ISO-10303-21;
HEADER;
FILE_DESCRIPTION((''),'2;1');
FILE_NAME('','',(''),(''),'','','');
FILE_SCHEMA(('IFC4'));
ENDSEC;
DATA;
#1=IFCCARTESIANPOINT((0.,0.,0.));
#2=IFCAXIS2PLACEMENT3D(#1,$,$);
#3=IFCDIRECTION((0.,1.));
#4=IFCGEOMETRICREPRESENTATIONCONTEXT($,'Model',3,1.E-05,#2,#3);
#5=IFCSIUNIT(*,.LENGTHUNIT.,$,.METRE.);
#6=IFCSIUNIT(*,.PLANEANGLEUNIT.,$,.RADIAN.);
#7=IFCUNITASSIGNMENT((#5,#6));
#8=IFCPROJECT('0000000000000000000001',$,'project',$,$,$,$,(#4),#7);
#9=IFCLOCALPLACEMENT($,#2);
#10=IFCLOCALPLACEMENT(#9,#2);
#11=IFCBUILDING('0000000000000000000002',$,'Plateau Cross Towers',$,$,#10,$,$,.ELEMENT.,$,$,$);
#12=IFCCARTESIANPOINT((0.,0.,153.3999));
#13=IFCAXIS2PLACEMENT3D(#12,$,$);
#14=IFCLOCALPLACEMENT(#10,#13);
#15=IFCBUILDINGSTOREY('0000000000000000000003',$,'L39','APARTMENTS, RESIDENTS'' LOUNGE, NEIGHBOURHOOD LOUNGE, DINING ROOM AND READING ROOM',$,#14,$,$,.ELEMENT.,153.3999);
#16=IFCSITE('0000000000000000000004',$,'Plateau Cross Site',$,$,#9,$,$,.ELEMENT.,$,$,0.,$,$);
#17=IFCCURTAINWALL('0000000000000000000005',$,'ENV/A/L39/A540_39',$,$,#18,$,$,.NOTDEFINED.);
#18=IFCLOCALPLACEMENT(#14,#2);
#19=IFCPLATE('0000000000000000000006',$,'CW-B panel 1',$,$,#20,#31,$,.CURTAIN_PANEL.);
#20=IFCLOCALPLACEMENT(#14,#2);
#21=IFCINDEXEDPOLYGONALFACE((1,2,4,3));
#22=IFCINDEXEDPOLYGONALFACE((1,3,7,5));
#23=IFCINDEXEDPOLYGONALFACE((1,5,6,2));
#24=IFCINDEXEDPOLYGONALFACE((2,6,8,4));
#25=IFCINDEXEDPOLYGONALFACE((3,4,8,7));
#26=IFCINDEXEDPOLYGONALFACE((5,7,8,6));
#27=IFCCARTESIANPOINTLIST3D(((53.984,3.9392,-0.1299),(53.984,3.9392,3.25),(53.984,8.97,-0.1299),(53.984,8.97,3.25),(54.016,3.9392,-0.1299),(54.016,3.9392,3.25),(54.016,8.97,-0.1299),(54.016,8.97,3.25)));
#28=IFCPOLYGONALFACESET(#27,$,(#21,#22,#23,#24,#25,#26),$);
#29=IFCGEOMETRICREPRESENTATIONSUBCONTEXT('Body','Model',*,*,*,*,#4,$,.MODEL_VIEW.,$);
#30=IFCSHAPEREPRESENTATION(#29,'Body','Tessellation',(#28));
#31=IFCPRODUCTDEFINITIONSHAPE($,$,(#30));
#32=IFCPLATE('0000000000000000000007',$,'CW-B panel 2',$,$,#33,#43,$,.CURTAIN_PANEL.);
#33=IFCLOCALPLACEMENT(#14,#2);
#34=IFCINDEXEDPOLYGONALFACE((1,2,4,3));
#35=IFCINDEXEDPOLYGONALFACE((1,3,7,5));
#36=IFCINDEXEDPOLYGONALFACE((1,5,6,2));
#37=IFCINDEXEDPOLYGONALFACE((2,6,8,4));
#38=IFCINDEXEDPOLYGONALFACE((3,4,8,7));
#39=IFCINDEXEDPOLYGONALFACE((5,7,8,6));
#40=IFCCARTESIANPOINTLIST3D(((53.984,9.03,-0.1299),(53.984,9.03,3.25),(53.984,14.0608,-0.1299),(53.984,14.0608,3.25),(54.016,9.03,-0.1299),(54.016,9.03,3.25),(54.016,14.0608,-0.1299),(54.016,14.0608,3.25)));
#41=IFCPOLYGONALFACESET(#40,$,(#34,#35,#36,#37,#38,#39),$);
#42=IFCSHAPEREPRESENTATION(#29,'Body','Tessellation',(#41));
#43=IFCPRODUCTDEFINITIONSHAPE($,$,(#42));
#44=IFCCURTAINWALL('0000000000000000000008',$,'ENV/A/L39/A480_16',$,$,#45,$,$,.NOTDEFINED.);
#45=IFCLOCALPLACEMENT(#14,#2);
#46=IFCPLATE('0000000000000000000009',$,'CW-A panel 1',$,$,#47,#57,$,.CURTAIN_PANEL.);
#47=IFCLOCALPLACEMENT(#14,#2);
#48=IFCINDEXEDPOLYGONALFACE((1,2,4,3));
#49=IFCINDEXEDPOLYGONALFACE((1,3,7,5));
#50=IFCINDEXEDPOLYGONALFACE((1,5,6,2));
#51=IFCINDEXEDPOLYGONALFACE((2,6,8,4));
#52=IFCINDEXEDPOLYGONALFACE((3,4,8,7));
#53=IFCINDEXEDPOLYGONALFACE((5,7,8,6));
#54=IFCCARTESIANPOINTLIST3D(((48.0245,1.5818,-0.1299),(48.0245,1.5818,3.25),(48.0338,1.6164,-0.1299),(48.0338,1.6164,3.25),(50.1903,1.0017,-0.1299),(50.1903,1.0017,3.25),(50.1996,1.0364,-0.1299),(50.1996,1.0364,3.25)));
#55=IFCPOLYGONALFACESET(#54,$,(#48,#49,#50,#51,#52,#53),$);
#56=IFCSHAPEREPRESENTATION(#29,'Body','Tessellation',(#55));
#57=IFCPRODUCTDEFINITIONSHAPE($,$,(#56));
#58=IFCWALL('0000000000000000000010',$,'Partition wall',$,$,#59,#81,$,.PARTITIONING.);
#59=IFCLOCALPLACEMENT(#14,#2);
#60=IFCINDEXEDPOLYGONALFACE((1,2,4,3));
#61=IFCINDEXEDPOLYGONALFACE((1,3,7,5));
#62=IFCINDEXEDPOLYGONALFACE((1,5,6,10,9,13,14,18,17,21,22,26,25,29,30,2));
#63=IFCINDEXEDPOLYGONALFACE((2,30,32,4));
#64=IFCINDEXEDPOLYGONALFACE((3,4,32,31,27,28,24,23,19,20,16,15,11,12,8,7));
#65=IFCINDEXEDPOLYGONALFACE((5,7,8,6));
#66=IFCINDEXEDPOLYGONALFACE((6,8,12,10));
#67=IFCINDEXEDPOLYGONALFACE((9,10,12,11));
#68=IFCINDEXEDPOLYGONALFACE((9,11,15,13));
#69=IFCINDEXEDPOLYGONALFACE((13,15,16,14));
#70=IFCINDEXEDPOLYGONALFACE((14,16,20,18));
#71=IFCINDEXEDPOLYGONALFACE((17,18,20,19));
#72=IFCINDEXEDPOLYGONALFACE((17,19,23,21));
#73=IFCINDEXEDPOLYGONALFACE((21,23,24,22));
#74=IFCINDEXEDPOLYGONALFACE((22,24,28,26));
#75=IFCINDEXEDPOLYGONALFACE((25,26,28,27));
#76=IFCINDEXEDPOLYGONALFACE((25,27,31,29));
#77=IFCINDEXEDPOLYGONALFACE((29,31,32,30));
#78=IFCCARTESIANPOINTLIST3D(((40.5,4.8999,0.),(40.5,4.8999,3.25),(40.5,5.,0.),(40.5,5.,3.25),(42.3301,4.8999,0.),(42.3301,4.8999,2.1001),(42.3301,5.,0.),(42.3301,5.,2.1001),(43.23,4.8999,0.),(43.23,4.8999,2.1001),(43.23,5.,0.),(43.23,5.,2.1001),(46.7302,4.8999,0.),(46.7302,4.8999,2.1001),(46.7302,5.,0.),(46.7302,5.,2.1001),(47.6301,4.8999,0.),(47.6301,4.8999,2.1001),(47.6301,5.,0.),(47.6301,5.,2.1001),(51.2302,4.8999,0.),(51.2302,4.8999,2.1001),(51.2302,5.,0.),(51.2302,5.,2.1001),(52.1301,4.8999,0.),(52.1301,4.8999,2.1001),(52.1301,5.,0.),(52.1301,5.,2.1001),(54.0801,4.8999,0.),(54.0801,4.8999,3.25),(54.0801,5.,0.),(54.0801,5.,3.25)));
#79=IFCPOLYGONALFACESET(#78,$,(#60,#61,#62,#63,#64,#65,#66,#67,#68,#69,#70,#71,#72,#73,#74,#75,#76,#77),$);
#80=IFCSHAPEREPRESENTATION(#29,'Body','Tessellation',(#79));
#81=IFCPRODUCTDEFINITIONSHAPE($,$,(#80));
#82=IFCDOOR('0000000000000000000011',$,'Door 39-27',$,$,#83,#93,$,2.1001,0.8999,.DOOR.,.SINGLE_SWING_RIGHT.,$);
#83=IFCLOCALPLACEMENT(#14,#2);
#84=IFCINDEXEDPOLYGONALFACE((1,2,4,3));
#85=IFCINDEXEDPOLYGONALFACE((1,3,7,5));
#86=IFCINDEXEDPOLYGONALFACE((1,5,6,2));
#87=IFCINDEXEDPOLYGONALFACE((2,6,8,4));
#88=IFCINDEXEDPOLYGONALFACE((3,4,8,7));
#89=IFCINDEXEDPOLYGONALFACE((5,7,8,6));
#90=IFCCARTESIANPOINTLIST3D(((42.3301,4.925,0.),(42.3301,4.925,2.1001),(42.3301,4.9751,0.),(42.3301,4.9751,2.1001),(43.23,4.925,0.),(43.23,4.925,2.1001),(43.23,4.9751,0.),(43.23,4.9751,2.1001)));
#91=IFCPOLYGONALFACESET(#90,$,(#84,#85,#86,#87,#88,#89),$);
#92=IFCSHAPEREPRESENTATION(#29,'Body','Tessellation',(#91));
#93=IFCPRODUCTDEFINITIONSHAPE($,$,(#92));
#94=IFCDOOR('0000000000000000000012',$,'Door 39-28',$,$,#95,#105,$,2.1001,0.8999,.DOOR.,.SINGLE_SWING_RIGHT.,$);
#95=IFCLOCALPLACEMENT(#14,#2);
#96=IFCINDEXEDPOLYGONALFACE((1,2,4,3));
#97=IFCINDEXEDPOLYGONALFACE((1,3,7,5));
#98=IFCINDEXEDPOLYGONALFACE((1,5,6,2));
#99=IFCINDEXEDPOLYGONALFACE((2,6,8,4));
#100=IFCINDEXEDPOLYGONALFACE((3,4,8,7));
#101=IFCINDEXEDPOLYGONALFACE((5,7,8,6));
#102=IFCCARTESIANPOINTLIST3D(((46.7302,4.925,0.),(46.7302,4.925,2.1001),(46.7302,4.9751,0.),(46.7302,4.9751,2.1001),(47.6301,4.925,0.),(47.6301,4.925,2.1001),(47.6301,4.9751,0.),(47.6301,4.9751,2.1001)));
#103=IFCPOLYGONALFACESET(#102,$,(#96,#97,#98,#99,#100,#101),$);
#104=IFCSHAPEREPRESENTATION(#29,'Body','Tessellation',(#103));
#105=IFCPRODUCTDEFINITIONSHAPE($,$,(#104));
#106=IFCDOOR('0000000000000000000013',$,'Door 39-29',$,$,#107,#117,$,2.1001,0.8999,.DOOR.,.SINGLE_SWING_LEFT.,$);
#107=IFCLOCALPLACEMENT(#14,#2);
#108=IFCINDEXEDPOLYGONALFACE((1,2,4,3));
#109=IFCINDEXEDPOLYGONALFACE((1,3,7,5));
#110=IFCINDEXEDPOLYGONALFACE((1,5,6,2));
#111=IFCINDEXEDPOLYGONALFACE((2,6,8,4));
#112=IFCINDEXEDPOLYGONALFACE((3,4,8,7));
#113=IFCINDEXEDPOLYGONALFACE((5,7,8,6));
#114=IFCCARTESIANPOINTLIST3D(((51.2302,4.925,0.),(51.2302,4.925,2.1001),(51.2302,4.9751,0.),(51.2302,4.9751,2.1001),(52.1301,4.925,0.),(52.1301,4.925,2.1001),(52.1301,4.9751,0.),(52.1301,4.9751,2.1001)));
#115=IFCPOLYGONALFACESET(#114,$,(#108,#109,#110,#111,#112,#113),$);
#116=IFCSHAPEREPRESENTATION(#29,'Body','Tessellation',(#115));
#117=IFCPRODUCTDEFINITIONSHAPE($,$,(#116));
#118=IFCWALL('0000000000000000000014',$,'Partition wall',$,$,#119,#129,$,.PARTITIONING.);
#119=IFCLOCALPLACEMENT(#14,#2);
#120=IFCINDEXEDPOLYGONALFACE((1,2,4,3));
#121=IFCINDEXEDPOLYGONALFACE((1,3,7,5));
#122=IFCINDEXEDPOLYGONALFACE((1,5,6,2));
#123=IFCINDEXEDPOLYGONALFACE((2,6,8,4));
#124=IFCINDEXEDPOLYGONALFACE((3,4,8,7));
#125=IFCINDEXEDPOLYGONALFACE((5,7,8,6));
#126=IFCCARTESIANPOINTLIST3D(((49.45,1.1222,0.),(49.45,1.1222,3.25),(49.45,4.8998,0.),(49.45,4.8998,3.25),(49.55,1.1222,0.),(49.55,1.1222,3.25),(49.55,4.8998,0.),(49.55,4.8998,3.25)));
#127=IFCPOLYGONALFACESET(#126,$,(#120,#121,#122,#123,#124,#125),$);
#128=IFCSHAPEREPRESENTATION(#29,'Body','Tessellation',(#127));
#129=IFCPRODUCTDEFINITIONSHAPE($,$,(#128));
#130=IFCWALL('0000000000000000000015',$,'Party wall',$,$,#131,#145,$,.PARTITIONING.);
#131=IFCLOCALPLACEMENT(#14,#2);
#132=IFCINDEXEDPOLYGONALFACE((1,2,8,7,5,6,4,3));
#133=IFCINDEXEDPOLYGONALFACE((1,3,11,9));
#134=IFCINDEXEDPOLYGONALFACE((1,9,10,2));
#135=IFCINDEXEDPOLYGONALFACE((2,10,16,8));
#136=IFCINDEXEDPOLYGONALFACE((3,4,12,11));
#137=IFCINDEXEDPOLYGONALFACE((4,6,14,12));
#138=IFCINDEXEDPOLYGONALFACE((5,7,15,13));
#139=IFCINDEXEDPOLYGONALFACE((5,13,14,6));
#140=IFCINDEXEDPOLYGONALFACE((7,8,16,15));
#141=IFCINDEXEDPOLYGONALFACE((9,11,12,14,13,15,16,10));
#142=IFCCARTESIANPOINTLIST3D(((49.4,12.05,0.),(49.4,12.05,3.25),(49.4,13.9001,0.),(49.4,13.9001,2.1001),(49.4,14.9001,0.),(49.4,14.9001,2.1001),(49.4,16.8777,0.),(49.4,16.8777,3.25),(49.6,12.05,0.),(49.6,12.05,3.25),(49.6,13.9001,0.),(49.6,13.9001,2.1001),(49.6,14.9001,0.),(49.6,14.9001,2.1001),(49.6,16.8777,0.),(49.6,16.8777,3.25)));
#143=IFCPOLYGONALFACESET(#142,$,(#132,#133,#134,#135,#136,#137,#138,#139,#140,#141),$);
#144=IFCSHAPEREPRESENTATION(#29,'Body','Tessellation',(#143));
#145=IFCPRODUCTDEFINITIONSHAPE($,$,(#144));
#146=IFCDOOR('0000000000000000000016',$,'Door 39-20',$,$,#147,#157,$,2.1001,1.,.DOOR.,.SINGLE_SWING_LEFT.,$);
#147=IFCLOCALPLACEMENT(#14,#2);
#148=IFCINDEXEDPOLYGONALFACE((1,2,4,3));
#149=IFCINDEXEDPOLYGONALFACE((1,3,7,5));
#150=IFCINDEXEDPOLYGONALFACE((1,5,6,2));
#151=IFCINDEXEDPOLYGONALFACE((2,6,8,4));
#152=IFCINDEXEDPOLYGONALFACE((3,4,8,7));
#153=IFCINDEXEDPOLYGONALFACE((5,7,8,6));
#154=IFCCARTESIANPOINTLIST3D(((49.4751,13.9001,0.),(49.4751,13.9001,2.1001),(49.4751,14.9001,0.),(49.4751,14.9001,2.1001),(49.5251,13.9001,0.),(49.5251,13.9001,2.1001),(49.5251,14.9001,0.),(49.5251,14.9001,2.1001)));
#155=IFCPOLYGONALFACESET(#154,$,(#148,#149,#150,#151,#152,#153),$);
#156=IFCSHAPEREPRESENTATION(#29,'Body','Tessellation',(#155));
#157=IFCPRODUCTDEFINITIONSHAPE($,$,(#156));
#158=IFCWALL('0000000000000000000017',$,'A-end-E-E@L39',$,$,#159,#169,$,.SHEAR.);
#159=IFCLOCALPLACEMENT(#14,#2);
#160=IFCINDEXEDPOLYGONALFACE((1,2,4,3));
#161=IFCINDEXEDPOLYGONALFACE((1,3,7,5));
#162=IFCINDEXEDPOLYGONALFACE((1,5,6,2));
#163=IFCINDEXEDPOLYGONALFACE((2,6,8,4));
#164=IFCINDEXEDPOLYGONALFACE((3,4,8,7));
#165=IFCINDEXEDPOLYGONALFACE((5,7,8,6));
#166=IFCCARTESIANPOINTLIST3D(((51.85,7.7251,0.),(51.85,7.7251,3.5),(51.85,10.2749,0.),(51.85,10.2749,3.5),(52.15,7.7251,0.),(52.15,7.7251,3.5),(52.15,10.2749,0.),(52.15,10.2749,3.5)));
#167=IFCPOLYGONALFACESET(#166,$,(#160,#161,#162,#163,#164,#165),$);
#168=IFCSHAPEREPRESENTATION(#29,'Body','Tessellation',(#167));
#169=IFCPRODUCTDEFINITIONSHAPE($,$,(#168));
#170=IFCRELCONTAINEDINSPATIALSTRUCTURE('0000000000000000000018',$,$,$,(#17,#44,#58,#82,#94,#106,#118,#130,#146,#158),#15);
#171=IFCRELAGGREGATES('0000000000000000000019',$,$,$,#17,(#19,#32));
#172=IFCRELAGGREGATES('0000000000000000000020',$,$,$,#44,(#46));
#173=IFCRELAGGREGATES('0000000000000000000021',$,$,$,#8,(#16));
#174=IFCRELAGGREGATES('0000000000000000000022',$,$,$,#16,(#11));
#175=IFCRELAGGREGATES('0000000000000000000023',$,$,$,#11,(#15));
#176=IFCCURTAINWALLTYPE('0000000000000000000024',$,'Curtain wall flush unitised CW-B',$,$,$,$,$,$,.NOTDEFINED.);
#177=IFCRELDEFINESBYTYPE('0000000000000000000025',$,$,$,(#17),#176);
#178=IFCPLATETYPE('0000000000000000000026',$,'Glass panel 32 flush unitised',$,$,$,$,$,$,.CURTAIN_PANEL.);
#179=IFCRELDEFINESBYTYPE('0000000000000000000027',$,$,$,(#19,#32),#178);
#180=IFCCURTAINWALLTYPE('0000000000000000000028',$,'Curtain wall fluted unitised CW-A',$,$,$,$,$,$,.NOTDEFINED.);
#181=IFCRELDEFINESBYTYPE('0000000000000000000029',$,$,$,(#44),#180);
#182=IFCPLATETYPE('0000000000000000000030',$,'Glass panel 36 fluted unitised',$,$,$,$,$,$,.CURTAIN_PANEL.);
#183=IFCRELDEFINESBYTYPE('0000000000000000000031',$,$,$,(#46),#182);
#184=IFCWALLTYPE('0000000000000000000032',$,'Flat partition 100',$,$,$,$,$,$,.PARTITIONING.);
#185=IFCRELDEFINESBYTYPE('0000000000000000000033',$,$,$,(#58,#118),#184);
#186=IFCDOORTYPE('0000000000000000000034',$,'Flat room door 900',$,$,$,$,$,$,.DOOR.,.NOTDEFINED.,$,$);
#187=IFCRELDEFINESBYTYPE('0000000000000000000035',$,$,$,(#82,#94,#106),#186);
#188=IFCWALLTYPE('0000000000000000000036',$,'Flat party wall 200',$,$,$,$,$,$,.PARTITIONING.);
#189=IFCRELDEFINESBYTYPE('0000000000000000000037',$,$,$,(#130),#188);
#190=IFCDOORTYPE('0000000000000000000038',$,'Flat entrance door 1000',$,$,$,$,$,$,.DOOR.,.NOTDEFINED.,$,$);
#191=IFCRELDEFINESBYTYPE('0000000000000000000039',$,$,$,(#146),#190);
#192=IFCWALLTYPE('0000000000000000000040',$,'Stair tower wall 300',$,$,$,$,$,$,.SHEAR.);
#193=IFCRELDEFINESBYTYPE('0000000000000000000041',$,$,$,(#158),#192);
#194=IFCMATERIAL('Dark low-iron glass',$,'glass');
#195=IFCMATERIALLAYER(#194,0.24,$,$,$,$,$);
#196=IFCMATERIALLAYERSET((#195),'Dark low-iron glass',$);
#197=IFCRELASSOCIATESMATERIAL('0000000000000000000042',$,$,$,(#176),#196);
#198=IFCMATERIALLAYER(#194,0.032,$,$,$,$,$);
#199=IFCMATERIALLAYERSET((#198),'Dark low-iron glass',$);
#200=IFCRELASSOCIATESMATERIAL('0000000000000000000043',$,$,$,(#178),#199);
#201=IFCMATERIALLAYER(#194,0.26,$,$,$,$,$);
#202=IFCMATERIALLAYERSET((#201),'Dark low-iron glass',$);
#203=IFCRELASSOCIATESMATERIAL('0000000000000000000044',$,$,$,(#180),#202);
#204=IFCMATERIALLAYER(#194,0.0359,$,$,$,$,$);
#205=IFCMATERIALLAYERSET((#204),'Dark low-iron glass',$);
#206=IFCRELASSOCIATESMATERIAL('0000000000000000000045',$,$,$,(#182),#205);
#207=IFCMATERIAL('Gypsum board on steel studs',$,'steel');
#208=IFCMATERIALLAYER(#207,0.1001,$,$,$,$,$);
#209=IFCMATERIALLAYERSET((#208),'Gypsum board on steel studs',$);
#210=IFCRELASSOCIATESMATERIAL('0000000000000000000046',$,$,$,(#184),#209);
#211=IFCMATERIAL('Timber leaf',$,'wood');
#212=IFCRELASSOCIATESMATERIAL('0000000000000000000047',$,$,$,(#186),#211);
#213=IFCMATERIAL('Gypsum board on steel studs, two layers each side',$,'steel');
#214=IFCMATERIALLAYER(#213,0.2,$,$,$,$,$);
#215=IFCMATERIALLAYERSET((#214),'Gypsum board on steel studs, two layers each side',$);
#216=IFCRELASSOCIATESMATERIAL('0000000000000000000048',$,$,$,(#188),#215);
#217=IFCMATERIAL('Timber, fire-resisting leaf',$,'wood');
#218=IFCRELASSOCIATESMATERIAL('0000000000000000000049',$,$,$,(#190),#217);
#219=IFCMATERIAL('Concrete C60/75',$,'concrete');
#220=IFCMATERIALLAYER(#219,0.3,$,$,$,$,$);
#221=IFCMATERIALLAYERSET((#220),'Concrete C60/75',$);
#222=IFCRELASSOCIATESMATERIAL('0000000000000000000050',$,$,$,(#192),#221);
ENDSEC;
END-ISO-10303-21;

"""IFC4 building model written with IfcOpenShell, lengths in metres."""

from ifc_helpers import new_model, si_unit, direction, frame, frame_2d, origin, origin_2d, place, context, subcontext, project, spatial, rectangle, extrude, material, layer, layer_set, type_object, element, fill, aggregate, save


model = new_model("IFC4")

# Units and contexts
model_context = context("Model", 3, precision=1e-05, world=origin(), true_north=direction((0.0, 1.0)))
body_context = subcontext(model_context, "Body", "Model", "MODEL_VIEW")
ifc_project = project(units=[si_unit("LENGTHUNIT", "METRE"), si_unit("PLANEANGLEUNIT", "RADIAN")], contexts=[model_context])

# Site, building, storey
site_placement = place(None, origin())
site = spatial("IfcSite", under=ifc_project, at=site_placement, Name="Plateau Cross Site", CompositionType="ELEMENT", RefElevation=0.0)
building_placement = place(site_placement, origin())
building = spatial("IfcBuilding", under=site, at=building_placement, Name="Plateau Cross Towers", CompositionType="ELEMENT")
storey_placement = place(building_placement, frame((0.0, 0.0, 153.3999)))
storey = spatial("IfcBuildingStorey", under=building, at=storey_placement, Name="L39", Description="APARTMENTS, RESIDENTS' LOUNGE, NEIGHBOURHOOD LOUNGE, DINING ROOM AND READING ROOM", CompositionType="ELEMENT", Elevation=153.3999)

# Shared definitions
ifc_material_1 = material(Name="Concrete C60/75", Category="concrete")

# Shared definitions
ifc_material_2 = material(Name="Dark low-iron glass", Category="glass")
ifc_layer_1 = layer(ifc_material_2, 0.24)
ifc_layer_set_1 = layer_set([ifc_layer_1], Name="Dark low-iron glass")
curtain_wall_type_1 = type_object("IfcCurtainWallType", Name="Curtain wall flush unitised CW-B", PredefinedType="NOTDEFINED", material=ifc_layer_set_1)

# Curtain wall
curtain_wall_1_placement = place(storey_placement, origin())
curtain_wall_1 = element("IfcCurtainWall", 1, at=curtain_wall_1_placement, inside=storey, type_object=curtain_wall_type_1, Name="ENV/A/L39/A540_39", PredefinedType="NOTDEFINED")

# Plates
ifc_layer_2 = layer(ifc_material_2, 0.032)
ifc_layer_set_2 = layer_set([ifc_layer_2], Name="Dark low-iron glass")
plate_type_1 = type_object("IfcPlateType", Name="Glass panel 32 flush unitised", PredefinedType="CURTAIN_PANEL", material=ifc_layer_set_2)
plate_1_placement = place(storey_placement, frame((54.0, 6.4546, -0.1299), z_axis=(0.0, 0.0, 1.0), x_axis=(0.0, 1.0, 0.0)))
plate_1 = element("IfcPlate", 2, at=plate_1_placement, type_object=plate_type_1, Name="CW-B panel 1", PredefinedType="CURTAIN_PANEL", context=body_context, shape_type="SweptSolid", body=[
    extrude(rectangle(XDim=5.0308, YDim=0.032, at=origin_2d()), origin(), (0.0, 0.0, 1.0), 3.3799),
])
plate_2_placement = place(storey_placement, frame((54.0, 11.5454, -0.1299), z_axis=(0.0, 0.0, 1.0), x_axis=(0.0, 1.0, 0.0)))
plate_2 = element("IfcPlate", 3, at=plate_2_placement, type_object=plate_type_1, Name="CW-B panel 2", PredefinedType="CURTAIN_PANEL", context=body_context, shape_type="SweptSolid", body=[
    extrude(rectangle(XDim=5.0308, YDim=0.032, at=origin_2d()), origin(), (0.0, 0.0, 1.0), 3.3799),
])
aggregate(curtain_wall_1, [plate_1, plate_2])

# Curtain wall, plate
ifc_layer_3 = layer(ifc_material_2, 0.26)
ifc_layer_set_3 = layer_set([ifc_layer_3], Name="Dark low-iron glass")
curtain_wall_type_2 = type_object("IfcCurtainWallType", Name="Curtain wall fluted unitised CW-A", PredefinedType="NOTDEFINED", material=ifc_layer_set_3)
curtain_wall_2_placement = place(storey_placement, origin())
curtain_wall_2 = element("IfcCurtainWall", 4, at=curtain_wall_2_placement, inside=storey, type_object=curtain_wall_type_2, Name="ENV/A/L39/A480_16", PredefinedType="NOTDEFINED")
ifc_layer_4 = layer(ifc_material_2, 0.0359)
ifc_layer_set_4 = layer_set([ifc_layer_4], Name="Dark low-iron glass")
plate_type_2 = type_object("IfcPlateType", Name="Glass panel 36 fluted unitised", PredefinedType="CURTAIN_PANEL", material=ifc_layer_set_4)
plate_3_placement = place(storey_placement, frame((49.1121, 1.3091, -0.1299), z_axis=(0.0, 0.0, 1.0), x_axis=(0.965958, -0.258699, 0.0)))
plate_3 = element("IfcPlate", 5, at=plate_3_placement, type_object=plate_type_2, Name="CW-A panel 1", PredefinedType="CURTAIN_PANEL", context=body_context, shape_type="SweptSolid", body=[
    extrude(rectangle(XDim=2.2422, YDim=0.0359, at=origin_2d()), origin(), (0.0, 0.0, 1.0), 3.3799),
])
aggregate(curtain_wall_2, [plate_3])

# Wall, openings, doors
ifc_material_3 = material(Name="Gypsum board on steel studs", Category="steel")
ifc_layer_5 = layer(ifc_material_3, 0.1001)
ifc_layer_set_5 = layer_set([ifc_layer_5], Name="Gypsum board on steel studs")
wall_type_1 = type_object("IfcWallType", Name="Flat partition 100", PredefinedType="PARTITIONING", material=ifc_layer_set_5)
wall_1_placement = place(storey_placement, frame((54.0801, 4.95, 0.0), z_axis=(0.0, 0.0, 1.0), x_axis=(-1.0, 0.0, 0.0)))
wall_1 = element("IfcWall", 6, at=wall_1_placement, inside=storey, type_object=wall_type_1, Name="Partition wall", PredefinedType="PARTITIONING", context=body_context, shape_type="SweptSolid", body=[
    extrude(rectangle(XDim=13.5801, YDim=0.1001, at=frame_2d((6.79, 0.0))), origin(), (0.0, 0.0, 1.0), 3.25),
])
opening_1_placement = place(wall_1_placement, frame((10.8501, 0.0, 0.0)))
opening_1 = element("IfcOpeningElement", 7, at=opening_1_placement, cuts=wall_1, PredefinedType="OPENING", context=body_context, shape_type="SweptSolid", body=[
    extrude(rectangle(XDim=0.8999, YDim=2.1001, at=frame_2d((0.45, 1.05))), frame((0.0, 0.0601, 0.0), z_axis=(0.0, -1.0, 0.0), x_axis=(1.0, 0.0, 0.0)), (0.0, 0.0, 1.0), 0.1201),
])
opening_2_placement = place(wall_1_placement, frame((6.45, 0.0, 0.0)))
opening_2 = element("IfcOpeningElement", 8, at=opening_2_placement, cuts=wall_1, PredefinedType="OPENING", context=body_context, shape_type="SweptSolid", body=[
    extrude(rectangle(XDim=0.8999, YDim=2.1001, at=frame_2d((0.45, 1.05))), frame((0.0, 0.0601, 0.0), z_axis=(0.0, -1.0, 0.0), x_axis=(1.0, 0.0, 0.0)), (0.0, 0.0, 1.0), 0.1201),
])
opening_3_placement = place(wall_1_placement, frame((1.95, 0.0, 0.0)))
opening_3 = element("IfcOpeningElement", 9, at=opening_3_placement, cuts=wall_1, PredefinedType="OPENING", context=body_context, shape_type="SweptSolid", body=[
    extrude(rectangle(XDim=0.8999, YDim=2.1001, at=frame_2d((0.45, 1.05))), frame((0.0, 0.0601, 0.0), z_axis=(0.0, -1.0, 0.0), x_axis=(1.0, 0.0, 0.0)), (0.0, 0.0, 1.0), 0.1201),
])
ifc_material_4 = material(Name="Timber leaf", Category="wood")
door_type_1 = type_object("IfcDoorType", Name="Flat room door 900", OperationType="NOTDEFINED", PredefinedType="DOOR", material=ifc_material_4)
door_1_placement = place(opening_1_placement, origin())
door_1 = element("IfcDoor", 10, at=door_1_placement, inside=storey, type_object=door_type_1, Name="Door 39-27", OperationType="SINGLE_SWING_RIGHT", OverallHeight=2.1001, OverallWidth=0.8999, PredefinedType="DOOR", context=body_context, shape_type="SweptSolid", body=[
    extrude(rectangle(XDim=0.8999, YDim=2.1001, at=frame_2d((0.45, 1.05))), frame((0.0, 0.0249, 0.0), z_axis=(0.0, -1.0, 0.0), x_axis=(1.0, 0.0, 0.0)), (0.0, 0.0, 1.0), 0.05),
])
fill(opening_1, door_1)
door_2_placement = place(opening_2_placement, origin())
door_2 = element("IfcDoor", 11, at=door_2_placement, inside=storey, type_object=door_type_1, Name="Door 39-28", OperationType="SINGLE_SWING_RIGHT", OverallHeight=2.1001, OverallWidth=0.8999, PredefinedType="DOOR", context=body_context, shape_type="SweptSolid", body=[
    extrude(rectangle(XDim=0.8999, YDim=2.1001, at=frame_2d((0.45, 1.05))), frame((0.0, 0.0249, 0.0), z_axis=(0.0, -1.0, 0.0), x_axis=(1.0, 0.0, 0.0)), (0.0, 0.0, 1.0), 0.05),
])
fill(opening_2, door_2)
door_3_placement = place(opening_3_placement, origin())
door_3 = element("IfcDoor", 12, at=door_3_placement, inside=storey, type_object=door_type_1, Name="Door 39-29", OperationType="SINGLE_SWING_LEFT", OverallHeight=2.1001, OverallWidth=0.8999, PredefinedType="DOOR", context=body_context, shape_type="SweptSolid", body=[
    extrude(rectangle(XDim=0.8999, YDim=2.1001, at=frame_2d((0.45, 1.05))), frame((0.0, 0.0249, 0.0), z_axis=(0.0, -1.0, 0.0), x_axis=(1.0, 0.0, 0.0)), (0.0, 0.0, 1.0), 0.05),
])
fill(opening_3, door_3)

# Wall
wall_2_placement = place(storey_placement, frame((49.5, 1.1223, 0.0), z_axis=(0.0, 0.0, 1.0), x_axis=(0.0, 1.0, 0.0)))
element("IfcWall", 13, at=wall_2_placement, inside=storey, type_object=wall_type_1, Name="Partition wall", PredefinedType="PARTITIONING", context=body_context, shape_type="SweptSolid", body=[
    extrude(rectangle(XDim=3.7776, YDim=0.1001, at=frame_2d((1.8887, 0.0))), origin(), (0.0, 0.0, 1.0), 3.25),
])

# Wall, opening, door
ifc_material_5 = material(Name="Gypsum board on steel studs, two layers each side", Category="steel")
ifc_layer_6 = layer(ifc_material_5, 0.2)
ifc_layer_set_6 = layer_set([ifc_layer_6], Name="Gypsum board on steel studs, two layers each side")
wall_type_2 = type_object("IfcWallType", Name="Flat party wall 200", PredefinedType="PARTITIONING", material=ifc_layer_set_6)
wall_3_placement = place(storey_placement, frame((49.5, 12.05, 0.0), z_axis=(0.0, 0.0, 1.0), x_axis=(0.0, 1.0, 0.0)))
wall_3 = element("IfcWall", 14, at=wall_3_placement, inside=storey, type_object=wall_type_2, Name="Party wall", PredefinedType="PARTITIONING", context=body_context, shape_type="SweptSolid", body=[
    extrude(rectangle(XDim=4.8276, YDim=0.2, at=frame_2d((2.4138, 0.0))), origin(), (0.0, 0.0, 1.0), 3.25),
])
opening_4_placement = place(wall_3_placement, frame((1.8501, 0.0, 0.0)))
opening_4 = element("IfcOpeningElement", 15, at=opening_4_placement, cuts=wall_3, PredefinedType="OPENING", context=body_context, shape_type="SweptSolid", body=[
    extrude(rectangle(XDim=1.0, YDim=2.1001, at=frame_2d((0.5, 1.05))), frame((0.0, 0.1099, 0.0), z_axis=(0.0, -1.0, 0.0), x_axis=(1.0, 0.0, 0.0)), (0.0, 0.0, 1.0), 0.22),
])
ifc_material_6 = material(Name="Timber, fire-resisting leaf", Category="wood")
door_type_2 = type_object("IfcDoorType", Name="Flat entrance door 1000", OperationType="NOTDEFINED", PredefinedType="DOOR", material=ifc_material_6)
door_4_placement = place(opening_4_placement, origin())
door_4 = element("IfcDoor", 16, at=door_4_placement, inside=storey, type_object=door_type_2, Name="Door 39-20", OperationType="SINGLE_SWING_LEFT", OverallHeight=2.1001, OverallWidth=1.0, PredefinedType="DOOR", context=body_context, shape_type="SweptSolid", body=[
    extrude(rectangle(XDim=1.0, YDim=2.1001, at=frame_2d((0.5, 1.05))), frame((0.0, 0.0249, 0.0), z_axis=(0.0, -1.0, 0.0), x_axis=(1.0, 0.0, 0.0)), (0.0, 0.0, 1.0), 0.05),
])
fill(opening_4, door_4)

# Wall
ifc_layer_7 = layer(ifc_material_1, 0.3)
ifc_layer_set_7 = layer_set([ifc_layer_7], Name="Concrete C60/75")
wall_type_3 = type_object("IfcWallType", Name="Stair tower wall 300", PredefinedType="SHEAR", material=ifc_layer_set_7)
wall_4_placement = place(storey_placement, frame((52.0, 7.7251, 0.0), z_axis=(0.0, 0.0, 1.0), x_axis=(0.0, 1.0, 0.0)))
element("IfcWall", 17, at=wall_4_placement, inside=storey, type_object=wall_type_3, Name="A-end-E-E@L39", PredefinedType="SHEAR", context=body_context, shape_type="SweptSolid", body=[
    extrude(rectangle(XDim=2.5498, YDim=0.3, at=frame_2d((1.2749, 0.0))), origin(), (0.0, 0.0, 1.0), 3.5),
])

save(model, "model.ifc")
